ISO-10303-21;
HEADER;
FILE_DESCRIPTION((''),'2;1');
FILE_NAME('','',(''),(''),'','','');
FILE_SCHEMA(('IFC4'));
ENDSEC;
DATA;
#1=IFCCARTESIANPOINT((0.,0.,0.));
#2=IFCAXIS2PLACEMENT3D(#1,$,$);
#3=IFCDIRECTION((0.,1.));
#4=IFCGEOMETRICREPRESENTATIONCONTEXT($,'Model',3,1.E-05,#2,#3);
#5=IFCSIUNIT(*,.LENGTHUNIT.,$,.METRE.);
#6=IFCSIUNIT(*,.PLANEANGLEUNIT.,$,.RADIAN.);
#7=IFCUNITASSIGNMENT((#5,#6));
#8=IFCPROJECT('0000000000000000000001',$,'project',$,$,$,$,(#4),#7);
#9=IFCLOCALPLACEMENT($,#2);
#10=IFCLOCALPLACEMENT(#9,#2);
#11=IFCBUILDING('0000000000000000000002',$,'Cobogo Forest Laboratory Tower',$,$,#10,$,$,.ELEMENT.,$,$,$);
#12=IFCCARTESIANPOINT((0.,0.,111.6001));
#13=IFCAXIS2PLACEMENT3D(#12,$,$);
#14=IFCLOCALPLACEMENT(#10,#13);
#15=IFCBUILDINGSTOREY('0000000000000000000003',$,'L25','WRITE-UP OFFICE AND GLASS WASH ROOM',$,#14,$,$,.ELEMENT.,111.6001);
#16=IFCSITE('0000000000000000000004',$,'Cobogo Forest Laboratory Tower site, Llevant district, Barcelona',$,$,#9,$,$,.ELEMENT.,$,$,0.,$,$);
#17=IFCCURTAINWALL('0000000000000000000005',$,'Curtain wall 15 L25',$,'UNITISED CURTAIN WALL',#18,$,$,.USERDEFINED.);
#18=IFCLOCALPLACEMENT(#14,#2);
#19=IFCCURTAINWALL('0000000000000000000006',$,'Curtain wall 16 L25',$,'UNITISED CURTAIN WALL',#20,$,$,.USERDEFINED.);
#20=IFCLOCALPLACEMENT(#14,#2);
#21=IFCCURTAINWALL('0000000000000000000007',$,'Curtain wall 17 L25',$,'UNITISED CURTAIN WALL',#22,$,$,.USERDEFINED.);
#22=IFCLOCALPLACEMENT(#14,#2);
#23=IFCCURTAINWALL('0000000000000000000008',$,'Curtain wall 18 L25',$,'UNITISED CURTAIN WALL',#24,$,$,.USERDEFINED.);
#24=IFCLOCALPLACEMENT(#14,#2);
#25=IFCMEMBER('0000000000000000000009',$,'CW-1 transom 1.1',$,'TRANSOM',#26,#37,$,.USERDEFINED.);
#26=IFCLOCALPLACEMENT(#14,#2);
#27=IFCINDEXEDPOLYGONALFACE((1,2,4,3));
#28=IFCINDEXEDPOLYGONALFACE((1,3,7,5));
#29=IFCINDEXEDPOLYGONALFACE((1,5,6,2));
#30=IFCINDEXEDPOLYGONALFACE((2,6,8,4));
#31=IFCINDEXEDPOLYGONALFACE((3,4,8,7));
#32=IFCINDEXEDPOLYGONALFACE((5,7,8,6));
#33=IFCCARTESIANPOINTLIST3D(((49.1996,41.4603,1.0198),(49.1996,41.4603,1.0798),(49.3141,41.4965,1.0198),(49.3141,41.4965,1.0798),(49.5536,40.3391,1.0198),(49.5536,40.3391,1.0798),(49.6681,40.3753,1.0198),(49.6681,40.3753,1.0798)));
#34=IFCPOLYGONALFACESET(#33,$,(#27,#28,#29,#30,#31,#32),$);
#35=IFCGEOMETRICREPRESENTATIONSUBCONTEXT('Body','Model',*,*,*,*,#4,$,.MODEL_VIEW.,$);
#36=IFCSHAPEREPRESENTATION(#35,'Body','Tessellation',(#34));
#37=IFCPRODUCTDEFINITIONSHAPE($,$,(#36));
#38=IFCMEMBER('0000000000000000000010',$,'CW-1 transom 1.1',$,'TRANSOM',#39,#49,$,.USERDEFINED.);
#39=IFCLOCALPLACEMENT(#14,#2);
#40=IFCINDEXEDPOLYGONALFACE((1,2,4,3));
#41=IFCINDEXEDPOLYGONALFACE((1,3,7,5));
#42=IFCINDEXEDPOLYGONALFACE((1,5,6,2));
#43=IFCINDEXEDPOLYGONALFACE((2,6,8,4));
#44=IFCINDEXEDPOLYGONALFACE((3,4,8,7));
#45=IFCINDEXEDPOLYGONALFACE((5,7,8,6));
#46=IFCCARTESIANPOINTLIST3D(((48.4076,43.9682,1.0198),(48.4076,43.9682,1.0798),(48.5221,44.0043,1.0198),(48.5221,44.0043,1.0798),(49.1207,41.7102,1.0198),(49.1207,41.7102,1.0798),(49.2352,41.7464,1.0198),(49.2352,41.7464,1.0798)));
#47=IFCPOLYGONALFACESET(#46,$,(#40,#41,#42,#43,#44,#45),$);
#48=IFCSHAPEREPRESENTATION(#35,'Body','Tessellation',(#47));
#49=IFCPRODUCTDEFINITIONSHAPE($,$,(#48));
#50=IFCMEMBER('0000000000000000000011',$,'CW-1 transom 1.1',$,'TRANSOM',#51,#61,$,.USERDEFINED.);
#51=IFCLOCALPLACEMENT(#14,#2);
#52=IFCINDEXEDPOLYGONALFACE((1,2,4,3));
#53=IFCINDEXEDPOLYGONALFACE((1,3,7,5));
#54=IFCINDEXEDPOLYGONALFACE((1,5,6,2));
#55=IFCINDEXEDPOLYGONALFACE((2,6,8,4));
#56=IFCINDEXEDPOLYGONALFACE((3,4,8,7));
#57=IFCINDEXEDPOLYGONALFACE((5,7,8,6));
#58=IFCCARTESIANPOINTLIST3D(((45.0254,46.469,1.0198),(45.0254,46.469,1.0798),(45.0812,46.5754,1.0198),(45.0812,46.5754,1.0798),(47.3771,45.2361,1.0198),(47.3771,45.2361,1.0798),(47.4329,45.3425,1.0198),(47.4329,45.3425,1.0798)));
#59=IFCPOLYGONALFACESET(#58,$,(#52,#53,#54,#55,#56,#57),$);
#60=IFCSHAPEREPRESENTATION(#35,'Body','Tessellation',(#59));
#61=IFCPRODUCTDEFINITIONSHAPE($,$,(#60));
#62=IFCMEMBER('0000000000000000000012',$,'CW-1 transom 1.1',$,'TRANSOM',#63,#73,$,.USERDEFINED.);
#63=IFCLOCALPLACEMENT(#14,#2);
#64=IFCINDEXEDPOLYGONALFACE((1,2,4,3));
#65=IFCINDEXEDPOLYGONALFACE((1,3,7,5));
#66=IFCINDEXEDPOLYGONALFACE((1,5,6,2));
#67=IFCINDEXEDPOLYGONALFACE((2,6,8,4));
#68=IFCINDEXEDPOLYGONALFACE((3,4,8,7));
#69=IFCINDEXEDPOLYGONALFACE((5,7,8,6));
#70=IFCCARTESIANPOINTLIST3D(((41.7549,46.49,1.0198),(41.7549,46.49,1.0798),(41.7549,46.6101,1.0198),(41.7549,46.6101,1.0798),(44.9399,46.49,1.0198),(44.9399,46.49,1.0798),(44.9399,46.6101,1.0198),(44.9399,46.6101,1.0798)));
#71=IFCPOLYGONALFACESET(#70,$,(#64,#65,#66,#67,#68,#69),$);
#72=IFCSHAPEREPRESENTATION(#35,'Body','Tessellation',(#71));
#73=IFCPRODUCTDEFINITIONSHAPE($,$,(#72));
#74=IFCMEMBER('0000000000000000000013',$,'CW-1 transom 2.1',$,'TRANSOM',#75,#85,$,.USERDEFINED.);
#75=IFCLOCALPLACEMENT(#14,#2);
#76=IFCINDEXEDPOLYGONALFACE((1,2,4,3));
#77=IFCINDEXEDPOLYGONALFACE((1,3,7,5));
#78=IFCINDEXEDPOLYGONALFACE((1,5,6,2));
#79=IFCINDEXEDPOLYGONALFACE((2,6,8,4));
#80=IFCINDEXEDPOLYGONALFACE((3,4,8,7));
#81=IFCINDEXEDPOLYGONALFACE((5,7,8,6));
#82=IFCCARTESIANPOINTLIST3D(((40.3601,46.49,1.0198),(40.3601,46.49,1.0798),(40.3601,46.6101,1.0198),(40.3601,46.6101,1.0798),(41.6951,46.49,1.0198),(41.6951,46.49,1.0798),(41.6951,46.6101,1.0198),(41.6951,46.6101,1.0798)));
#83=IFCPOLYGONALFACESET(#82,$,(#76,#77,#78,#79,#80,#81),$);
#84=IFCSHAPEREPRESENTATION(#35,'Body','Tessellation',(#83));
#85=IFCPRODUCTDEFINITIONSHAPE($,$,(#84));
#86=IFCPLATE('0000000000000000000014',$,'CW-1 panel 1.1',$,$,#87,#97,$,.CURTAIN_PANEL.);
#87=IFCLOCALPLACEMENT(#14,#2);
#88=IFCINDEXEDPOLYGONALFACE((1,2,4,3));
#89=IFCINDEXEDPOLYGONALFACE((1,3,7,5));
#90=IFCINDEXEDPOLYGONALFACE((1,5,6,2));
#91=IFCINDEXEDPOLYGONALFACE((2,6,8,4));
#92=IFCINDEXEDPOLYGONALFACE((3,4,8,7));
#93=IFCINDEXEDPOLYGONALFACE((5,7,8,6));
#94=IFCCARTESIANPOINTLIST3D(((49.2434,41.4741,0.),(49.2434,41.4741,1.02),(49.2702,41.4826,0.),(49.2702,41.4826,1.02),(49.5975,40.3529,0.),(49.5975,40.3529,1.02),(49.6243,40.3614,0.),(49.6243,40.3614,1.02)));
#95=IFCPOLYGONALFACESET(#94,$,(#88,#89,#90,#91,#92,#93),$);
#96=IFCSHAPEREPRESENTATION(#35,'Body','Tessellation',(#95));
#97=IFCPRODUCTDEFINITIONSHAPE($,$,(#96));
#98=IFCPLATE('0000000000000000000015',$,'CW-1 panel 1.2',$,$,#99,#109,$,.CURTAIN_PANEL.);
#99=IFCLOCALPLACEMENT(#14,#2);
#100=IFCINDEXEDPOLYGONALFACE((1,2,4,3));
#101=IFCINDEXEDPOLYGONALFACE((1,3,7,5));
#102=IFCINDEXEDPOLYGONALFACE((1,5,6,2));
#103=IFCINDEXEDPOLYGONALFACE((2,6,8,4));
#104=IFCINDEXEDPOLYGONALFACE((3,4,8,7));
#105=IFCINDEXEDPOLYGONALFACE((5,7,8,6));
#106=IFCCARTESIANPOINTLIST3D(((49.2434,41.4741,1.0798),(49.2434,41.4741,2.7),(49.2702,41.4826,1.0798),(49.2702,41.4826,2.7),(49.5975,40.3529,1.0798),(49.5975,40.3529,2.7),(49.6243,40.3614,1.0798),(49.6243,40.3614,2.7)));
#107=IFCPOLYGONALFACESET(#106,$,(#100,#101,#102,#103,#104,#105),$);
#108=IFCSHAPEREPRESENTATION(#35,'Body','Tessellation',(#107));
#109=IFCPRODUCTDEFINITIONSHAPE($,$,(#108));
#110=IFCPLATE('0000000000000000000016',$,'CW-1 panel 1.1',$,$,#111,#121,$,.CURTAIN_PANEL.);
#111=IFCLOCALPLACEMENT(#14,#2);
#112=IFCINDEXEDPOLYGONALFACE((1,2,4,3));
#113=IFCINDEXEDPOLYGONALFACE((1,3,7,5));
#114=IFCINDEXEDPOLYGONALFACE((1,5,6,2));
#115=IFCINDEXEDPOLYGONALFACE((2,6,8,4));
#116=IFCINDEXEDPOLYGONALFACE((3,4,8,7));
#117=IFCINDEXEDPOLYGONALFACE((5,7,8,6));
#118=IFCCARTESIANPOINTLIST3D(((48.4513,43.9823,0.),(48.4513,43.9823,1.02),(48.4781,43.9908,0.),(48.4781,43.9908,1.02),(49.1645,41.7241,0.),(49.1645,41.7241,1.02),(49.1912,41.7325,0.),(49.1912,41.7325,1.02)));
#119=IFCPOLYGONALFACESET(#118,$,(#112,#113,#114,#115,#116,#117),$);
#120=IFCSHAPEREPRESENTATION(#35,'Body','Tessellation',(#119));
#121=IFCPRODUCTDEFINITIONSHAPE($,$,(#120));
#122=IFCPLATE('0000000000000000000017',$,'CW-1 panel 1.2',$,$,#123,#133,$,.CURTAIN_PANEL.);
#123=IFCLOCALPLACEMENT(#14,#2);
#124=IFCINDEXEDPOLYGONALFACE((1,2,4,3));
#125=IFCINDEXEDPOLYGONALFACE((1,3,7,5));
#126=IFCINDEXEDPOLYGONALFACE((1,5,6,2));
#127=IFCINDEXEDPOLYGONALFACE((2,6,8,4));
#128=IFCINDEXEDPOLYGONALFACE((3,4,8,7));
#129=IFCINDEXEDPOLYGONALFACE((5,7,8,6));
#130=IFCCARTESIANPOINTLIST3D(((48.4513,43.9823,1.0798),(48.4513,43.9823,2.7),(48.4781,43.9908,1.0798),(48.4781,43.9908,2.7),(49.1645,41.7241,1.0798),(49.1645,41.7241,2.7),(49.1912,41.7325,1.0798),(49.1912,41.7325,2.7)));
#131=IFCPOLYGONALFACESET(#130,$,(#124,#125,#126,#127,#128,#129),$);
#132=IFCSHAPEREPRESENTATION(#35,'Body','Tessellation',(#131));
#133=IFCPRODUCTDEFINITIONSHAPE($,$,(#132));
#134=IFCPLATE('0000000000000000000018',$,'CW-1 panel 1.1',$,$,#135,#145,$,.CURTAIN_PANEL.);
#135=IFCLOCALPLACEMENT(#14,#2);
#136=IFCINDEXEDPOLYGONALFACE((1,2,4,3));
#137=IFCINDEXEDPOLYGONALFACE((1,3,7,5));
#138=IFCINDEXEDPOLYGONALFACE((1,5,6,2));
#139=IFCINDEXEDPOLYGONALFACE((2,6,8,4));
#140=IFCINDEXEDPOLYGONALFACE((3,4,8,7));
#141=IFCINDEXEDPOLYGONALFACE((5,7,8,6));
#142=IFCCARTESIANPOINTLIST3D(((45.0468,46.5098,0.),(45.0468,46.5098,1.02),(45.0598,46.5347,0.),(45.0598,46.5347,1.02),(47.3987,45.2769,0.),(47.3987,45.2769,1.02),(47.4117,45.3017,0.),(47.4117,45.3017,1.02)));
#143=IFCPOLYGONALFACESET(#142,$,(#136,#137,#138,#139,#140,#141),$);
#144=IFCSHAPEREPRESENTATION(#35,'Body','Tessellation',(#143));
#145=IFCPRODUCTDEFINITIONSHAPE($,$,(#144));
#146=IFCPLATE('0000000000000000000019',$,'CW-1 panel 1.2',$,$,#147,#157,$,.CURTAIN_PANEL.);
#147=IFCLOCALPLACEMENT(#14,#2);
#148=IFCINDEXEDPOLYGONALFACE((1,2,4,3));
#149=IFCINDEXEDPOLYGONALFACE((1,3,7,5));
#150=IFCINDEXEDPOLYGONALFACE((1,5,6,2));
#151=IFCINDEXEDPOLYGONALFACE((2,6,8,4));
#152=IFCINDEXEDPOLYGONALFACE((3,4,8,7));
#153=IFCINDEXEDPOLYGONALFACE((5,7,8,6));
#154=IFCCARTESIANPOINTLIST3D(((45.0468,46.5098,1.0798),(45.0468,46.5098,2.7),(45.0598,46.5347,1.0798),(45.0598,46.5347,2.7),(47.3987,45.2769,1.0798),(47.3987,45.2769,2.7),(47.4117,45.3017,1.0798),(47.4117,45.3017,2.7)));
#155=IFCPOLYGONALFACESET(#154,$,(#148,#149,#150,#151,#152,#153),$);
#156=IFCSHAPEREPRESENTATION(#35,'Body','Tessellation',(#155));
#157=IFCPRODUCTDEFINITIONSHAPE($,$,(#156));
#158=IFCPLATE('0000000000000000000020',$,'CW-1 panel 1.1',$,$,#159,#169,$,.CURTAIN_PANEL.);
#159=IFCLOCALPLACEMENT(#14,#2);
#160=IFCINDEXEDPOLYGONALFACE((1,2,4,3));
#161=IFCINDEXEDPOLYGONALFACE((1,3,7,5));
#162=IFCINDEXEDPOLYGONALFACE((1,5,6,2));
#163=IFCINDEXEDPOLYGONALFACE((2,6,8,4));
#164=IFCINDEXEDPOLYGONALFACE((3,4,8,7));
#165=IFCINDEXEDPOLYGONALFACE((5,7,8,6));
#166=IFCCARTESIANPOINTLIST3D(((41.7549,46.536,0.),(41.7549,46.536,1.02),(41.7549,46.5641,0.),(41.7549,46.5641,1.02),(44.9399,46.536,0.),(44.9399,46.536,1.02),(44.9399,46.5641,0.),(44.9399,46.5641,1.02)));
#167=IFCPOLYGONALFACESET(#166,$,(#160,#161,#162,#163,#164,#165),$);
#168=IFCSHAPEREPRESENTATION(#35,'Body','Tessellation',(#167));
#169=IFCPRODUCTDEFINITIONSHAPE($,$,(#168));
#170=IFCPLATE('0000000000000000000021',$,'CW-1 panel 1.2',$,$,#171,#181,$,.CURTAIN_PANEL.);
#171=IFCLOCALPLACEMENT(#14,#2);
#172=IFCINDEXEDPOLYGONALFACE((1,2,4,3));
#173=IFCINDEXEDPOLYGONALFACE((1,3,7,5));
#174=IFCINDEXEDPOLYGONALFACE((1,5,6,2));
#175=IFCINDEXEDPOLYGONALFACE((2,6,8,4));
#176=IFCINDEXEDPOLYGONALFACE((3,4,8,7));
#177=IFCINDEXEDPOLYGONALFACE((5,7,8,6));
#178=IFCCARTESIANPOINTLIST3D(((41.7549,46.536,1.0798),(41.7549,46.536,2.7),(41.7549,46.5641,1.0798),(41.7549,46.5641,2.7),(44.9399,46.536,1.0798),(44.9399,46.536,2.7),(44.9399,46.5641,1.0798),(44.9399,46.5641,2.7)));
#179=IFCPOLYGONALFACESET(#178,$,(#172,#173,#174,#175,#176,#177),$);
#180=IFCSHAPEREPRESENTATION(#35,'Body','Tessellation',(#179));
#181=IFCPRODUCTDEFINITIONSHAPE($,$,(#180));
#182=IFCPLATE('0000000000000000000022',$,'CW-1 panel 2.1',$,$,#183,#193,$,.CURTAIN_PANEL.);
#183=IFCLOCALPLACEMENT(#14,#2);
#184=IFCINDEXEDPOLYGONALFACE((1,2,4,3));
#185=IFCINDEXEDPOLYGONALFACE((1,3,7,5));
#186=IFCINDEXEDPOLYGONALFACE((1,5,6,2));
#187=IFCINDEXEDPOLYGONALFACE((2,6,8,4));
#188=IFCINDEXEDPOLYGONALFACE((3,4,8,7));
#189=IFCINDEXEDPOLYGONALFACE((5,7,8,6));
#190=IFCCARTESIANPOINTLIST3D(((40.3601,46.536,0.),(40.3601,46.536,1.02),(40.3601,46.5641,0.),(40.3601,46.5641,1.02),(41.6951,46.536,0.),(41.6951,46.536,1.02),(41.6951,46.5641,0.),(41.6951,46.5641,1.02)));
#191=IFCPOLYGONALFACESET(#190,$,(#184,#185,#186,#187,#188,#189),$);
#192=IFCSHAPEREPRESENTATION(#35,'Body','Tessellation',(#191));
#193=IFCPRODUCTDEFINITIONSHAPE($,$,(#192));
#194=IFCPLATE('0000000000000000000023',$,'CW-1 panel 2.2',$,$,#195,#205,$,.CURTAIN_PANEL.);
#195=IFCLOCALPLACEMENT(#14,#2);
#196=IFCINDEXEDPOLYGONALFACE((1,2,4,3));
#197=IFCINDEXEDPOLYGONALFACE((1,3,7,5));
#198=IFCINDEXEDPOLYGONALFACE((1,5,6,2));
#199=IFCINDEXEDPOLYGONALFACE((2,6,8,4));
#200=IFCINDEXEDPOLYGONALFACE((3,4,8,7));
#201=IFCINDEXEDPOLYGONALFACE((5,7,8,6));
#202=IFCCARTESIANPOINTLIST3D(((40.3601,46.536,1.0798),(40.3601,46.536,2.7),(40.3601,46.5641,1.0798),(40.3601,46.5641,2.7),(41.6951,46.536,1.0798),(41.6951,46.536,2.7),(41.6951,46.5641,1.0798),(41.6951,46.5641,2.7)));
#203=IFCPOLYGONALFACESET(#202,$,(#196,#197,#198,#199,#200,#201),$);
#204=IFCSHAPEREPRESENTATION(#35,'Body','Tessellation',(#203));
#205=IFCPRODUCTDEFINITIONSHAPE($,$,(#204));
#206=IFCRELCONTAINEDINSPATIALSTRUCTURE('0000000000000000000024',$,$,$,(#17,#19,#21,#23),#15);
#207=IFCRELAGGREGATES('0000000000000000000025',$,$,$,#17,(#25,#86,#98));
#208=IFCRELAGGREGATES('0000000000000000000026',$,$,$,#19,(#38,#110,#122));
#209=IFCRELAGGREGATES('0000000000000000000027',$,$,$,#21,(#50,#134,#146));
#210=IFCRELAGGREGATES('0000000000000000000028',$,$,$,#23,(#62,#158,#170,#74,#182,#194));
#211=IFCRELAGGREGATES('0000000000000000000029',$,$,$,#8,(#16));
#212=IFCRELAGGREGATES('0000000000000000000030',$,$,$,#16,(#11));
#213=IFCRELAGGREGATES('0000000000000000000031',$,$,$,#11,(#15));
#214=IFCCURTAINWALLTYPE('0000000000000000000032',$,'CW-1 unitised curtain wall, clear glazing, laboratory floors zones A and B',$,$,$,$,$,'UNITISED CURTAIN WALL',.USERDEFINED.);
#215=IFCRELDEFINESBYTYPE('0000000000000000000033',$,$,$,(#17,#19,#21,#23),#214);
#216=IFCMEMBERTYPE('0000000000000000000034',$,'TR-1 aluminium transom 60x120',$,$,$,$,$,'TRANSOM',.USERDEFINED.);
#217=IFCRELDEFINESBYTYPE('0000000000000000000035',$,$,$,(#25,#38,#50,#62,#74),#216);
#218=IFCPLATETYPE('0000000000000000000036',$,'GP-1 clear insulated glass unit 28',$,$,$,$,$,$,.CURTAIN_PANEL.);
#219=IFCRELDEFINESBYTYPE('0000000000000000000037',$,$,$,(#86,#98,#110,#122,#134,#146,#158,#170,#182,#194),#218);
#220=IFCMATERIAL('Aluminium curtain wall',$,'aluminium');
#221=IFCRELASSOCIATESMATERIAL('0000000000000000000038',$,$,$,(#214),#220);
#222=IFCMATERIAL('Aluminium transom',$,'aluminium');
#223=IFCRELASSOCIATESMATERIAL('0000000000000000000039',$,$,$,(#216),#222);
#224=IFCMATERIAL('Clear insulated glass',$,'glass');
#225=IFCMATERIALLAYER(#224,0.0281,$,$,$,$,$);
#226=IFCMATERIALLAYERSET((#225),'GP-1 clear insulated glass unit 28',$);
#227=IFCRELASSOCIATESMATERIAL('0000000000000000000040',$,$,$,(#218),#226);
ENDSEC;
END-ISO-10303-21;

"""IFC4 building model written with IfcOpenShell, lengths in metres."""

from ifc_helpers import new_model, si_unit, direction, frame, origin, origin_2d, place, context, subcontext, project, spatial, rectangle, extrude, material, layer, layer_set, material_profile, profile_set, type_object, element, aggregate, save


model = new_model("IFC4")

# Units and contexts
model_context = context("Model", 3, precision=1e-05, world=origin(), true_north=direction((0.0, 1.0)))
body_context = subcontext(model_context, "Body", "Model", "MODEL_VIEW")
ifc_project = project(units=[si_unit("LENGTHUNIT", "METRE"), si_unit("PLANEANGLEUNIT", "RADIAN")], contexts=[model_context])

# Site, building, storey
site_placement = place(None, origin())
site = spatial("IfcSite", under=ifc_project, at=site_placement, Name="Cobogo Forest Laboratory Tower site, Llevant district, Barcelona", CompositionType="ELEMENT", RefElevation=0.0)
building_placement = place(site_placement, origin())
building = spatial("IfcBuilding", under=site, at=building_placement, Name="Cobogo Forest Laboratory Tower", CompositionType="ELEMENT")
storey_placement = place(building_placement, frame((0.0, 0.0, 111.6001)))
storey = spatial("IfcBuildingStorey", under=building, at=storey_placement, Name="L25", Description="WRITE-UP OFFICE AND GLASS WASH ROOM", CompositionType="ELEMENT", Elevation=111.6001)

# Curtain walls
ifc_material_1 = material(Name="Aluminium curtain wall", Category="aluminium")
curtain_wall_type = type_object("IfcCurtainWallType", Name="CW-1 unitised curtain wall, clear glazing, laboratory floors zones A and B", ElementType="UNITISED CURTAIN WALL", PredefinedType="USERDEFINED", material=ifc_material_1)
curtain_wall_1_placement = place(storey_placement, origin())
curtain_wall_1 = element("IfcCurtainWall", 1, at=curtain_wall_1_placement, inside=storey, type_object=curtain_wall_type, Name="Curtain wall 15 L25", ObjectType="UNITISED CURTAIN WALL", PredefinedType="USERDEFINED")
curtain_wall_2_placement = place(storey_placement, origin())
curtain_wall_2 = element("IfcCurtainWall", 2, at=curtain_wall_2_placement, inside=storey, type_object=curtain_wall_type, Name="Curtain wall 16 L25", ObjectType="UNITISED CURTAIN WALL", PredefinedType="USERDEFINED")
curtain_wall_3_placement = place(storey_placement, origin())
curtain_wall_3 = element("IfcCurtainWall", 3, at=curtain_wall_3_placement, inside=storey, type_object=curtain_wall_type, Name="Curtain wall 17 L25", ObjectType="UNITISED CURTAIN WALL", PredefinedType="USERDEFINED")
curtain_wall_4_placement = place(storey_placement, origin())
curtain_wall_4 = element("IfcCurtainWall", 4, at=curtain_wall_4_placement, inside=storey, type_object=curtain_wall_type, Name="Curtain wall 18 L25", ObjectType="UNITISED CURTAIN WALL", PredefinedType="USERDEFINED")

# Members
ifc_material_2 = material(Name="Aluminium transom", Category="aluminium")
ifc_material_profile_1 = material_profile(ifc_material_2, rectangle(XDim=0.1201, YDim=0.0601, at=origin_2d()), Name="AL 60x120")
ifc_profile_set_1 = profile_set([ifc_material_profile_1], Name="Aluminium transom")
member_type_1 = type_object("IfcMemberType", Name="TR-1 aluminium transom 60x120", ElementType="TRANSOM", PredefinedType="USERDEFINED", material=ifc_profile_set_1)
member_1_placement = place(storey_placement, frame((49.6108, 40.3572, 1.0498), z_axis=(-0.301052, 0.953608, 0.0), x_axis=(-0.953608, -0.301052, 0.0)))
member_1 = element("IfcMember", 5, at=member_1_placement, type_object=member_type_1, Name="CW-1 transom 1.1", ObjectType="TRANSOM", PredefinedType="USERDEFINED", context=body_context, shape_type="SweptSolid", body=[
    extrude(rectangle(XDim=0.1201, YDim=0.0601, at=origin_2d()), origin(), (0.0, 0.0, 1.0), 1.1758),
])
member_2_placement = place(storey_placement, frame((49.178, 41.7283, 1.0498), z_axis=(-0.301156, 0.953575, 0.0), x_axis=(-0.953575, -0.301156, 0.0)))
member_2 = element("IfcMember", 6, at=member_2_placement, type_object=member_type_1, Name="CW-1 transom 1.1", ObjectType="TRANSOM", PredefinedType="USERDEFINED", context=body_context, shape_type="SweptSolid", body=[
    extrude(rectangle(XDim=0.1201, YDim=0.0601, at=origin_2d()), origin(), (0.0, 0.0, 1.0), 2.3679),
])
member_3_placement = place(storey_placement, frame((47.405, 45.2893, 1.0498), z_axis=(-0.885675, 0.464306, 0.0), x_axis=(-0.464306, -0.885675, 0.0)))
member_3 = element("IfcMember", 7, at=member_3_placement, type_object=member_type_1, Name="CW-1 transom 1.1", ObjectType="TRANSOM", PredefinedType="USERDEFINED", context=body_context, shape_type="SweptSolid", body=[
    extrude(rectangle(XDim=0.1201, YDim=0.0601, at=origin_2d()), origin(), (0.0, 0.0, 1.0), 2.6553),
])
member_4_placement = place(storey_placement, frame((44.9399, 46.55, 1.0498), z_axis=(-1.0, 0.0, 0.0), x_axis=(0.0, -1.0, 0.0)))
member_4 = element("IfcMember", 8, at=member_4_placement, type_object=member_type_1, Name="CW-1 transom 1.1", ObjectType="TRANSOM", PredefinedType="USERDEFINED", context=body_context, shape_type="SweptSolid", body=[
    extrude(rectangle(XDim=0.1201, YDim=0.0601, at=origin_2d()), origin(), (0.0, 0.0, 1.0), 3.1851),
])
member_5_placement = place(storey_placement, frame((41.6951, 46.55, 1.0498), z_axis=(-1.0, 0.0, 0.0), x_axis=(0.0, -1.0, 0.0)))
member_5 = element("IfcMember", 9, at=member_5_placement, type_object=member_type_1, Name="CW-1 transom 2.1", ObjectType="TRANSOM", PredefinedType="USERDEFINED", context=body_context, shape_type="SweptSolid", body=[
    extrude(rectangle(XDim=0.1201, YDim=0.0601, at=origin_2d()), origin(), (0.0, 0.0, 1.0), 1.335),
])

# Plates
ifc_material_3 = material(Name="Clear insulated glass", Category="glass")
ifc_layer_1 = layer(ifc_material_3, 0.0281)
ifc_layer_set_1 = layer_set([ifc_layer_1], Name="GP-1 clear insulated glass unit 28")
plate_type = type_object("IfcPlateType", Name="GP-1 clear insulated glass unit 28", PredefinedType="CURTAIN_PANEL", material=ifc_layer_set_1)
plate_1_placement = place(storey_placement, frame((49.4338, 40.9177, 0.0), z_axis=(0.0, 0.0, 1.0), x_axis=(-0.301135, 0.953581, 0.0)))
plate_1 = element("IfcPlate", 10, at=plate_1_placement, type_object=plate_type, Name="CW-1 panel 1.1", PredefinedType="CURTAIN_PANEL", context=body_context, shape_type="SweptSolid", body=[
    extrude(rectangle(XDim=1.1758, YDim=0.0281, at=origin_2d()), origin(), (0.0, 0.0, 1.0), 1.02),
])
plate_2_placement = place(storey_placement, frame((49.4338, 40.9177, 1.0798), z_axis=(0.0, 0.0, 1.0), x_axis=(-0.301135, 0.953581, 0.0)))
plate_2 = element("IfcPlate", 11, at=plate_2_placement, type_object=plate_type, Name="CW-1 panel 1.2", PredefinedType="CURTAIN_PANEL", context=body_context, shape_type="SweptSolid", body=[
    extrude(rectangle(XDim=1.1758, YDim=0.0281, at=origin_2d()), origin(), (0.0, 0.0, 1.0), 1.6201),
])
aggregate(curtain_wall_1, [member_1, plate_1, plate_2])
plate_3_placement = place(storey_placement, frame((48.8213, 42.8574, 0.0), z_axis=(0.0, 0.0, 1.0), x_axis=(-0.301135, 0.953581, 0.0)))
plate_3 = element("IfcPlate", 12, at=plate_3_placement, type_object=plate_type, Name="CW-1 panel 1.1", PredefinedType="CURTAIN_PANEL", context=body_context, shape_type="SweptSolid", body=[
    extrude(rectangle(XDim=2.3682, YDim=0.0281, at=origin_2d()), origin(), (0.0, 0.0, 1.0), 1.02),
])
plate_4_placement = place(storey_placement, frame((48.8213, 42.8574, 1.0798), z_axis=(0.0, 0.0, 1.0), x_axis=(-0.301135, 0.953581, 0.0)))
plate_4 = element("IfcPlate", 13, at=plate_4_placement, type_object=plate_type, Name="CW-1 panel 1.2", PredefinedType="CURTAIN_PANEL", context=body_context, shape_type="SweptSolid", body=[
    extrude(rectangle(XDim=2.3682, YDim=0.0281, at=origin_2d()), origin(), (0.0, 0.0, 1.0), 1.6201),
])
aggregate(curtain_wall_2, [member_2, plate_3, plate_4])
plate_5_placement = place(storey_placement, frame((46.2292, 45.9058, 0.0), z_axis=(0.0, 0.0, 1.0), x_axis=(-0.885687, 0.464284, 0.0)))
plate_5 = element("IfcPlate", 14, at=plate_5_placement, type_object=plate_type, Name="CW-1 panel 1.1", PredefinedType="CURTAIN_PANEL", context=body_context, shape_type="SweptSolid", body=[
    extrude(rectangle(XDim=2.6555, YDim=0.0281, at=origin_2d()), origin(), (0.0, 0.0, 1.0), 1.02),
])
plate_6_placement = place(storey_placement, frame((46.2292, 45.9058, 1.0798), z_axis=(0.0, 0.0, 1.0), x_axis=(-0.885687, 0.464284, 0.0)))
plate_6 = element("IfcPlate", 15, at=plate_6_placement, type_object=plate_type, Name="CW-1 panel 1.2", PredefinedType="CURTAIN_PANEL", context=body_context, shape_type="SweptSolid", body=[
    extrude(rectangle(XDim=2.6555, YDim=0.0281, at=origin_2d()), origin(), (0.0, 0.0, 1.0), 1.6201),
])
aggregate(curtain_wall_3, [member_3, plate_5, plate_6])
plate_7_placement = place(storey_placement, frame((43.3474, 46.55, 0.0), z_axis=(0.0, 0.0, 1.0), x_axis=(-1.0, 0.0, 0.0)))
plate_7 = element("IfcPlate", 16, at=plate_7_placement, type_object=plate_type, Name="CW-1 panel 1.1", PredefinedType="CURTAIN_PANEL", context=body_context, shape_type="SweptSolid", body=[
    extrude(rectangle(XDim=3.1851, YDim=0.0281, at=origin_2d()), origin(), (0.0, 0.0, 1.0), 1.02),
])
plate_8_placement = place(storey_placement, frame((43.3474, 46.55, 1.0798), z_axis=(0.0, 0.0, 1.0), x_axis=(-1.0, 0.0, 0.0)))
plate_8 = element("IfcPlate", 17, at=plate_8_placement, type_object=plate_type, Name="CW-1 panel 1.2", PredefinedType="CURTAIN_PANEL", context=body_context, shape_type="SweptSolid", body=[
    extrude(rectangle(XDim=3.1851, YDim=0.0281, at=origin_2d()), origin(), (0.0, 0.0, 1.0), 1.6201),
])
plate_9_placement = place(storey_placement, frame((41.0276, 46.55, 0.0), z_axis=(0.0, 0.0, 1.0), x_axis=(-1.0, 0.0, 0.0)))
plate_9 = element("IfcPlate", 18, at=plate_9_placement, type_object=plate_type, Name="CW-1 panel 2.1", PredefinedType="CURTAIN_PANEL", context=body_context, shape_type="SweptSolid", body=[
    extrude(rectangle(XDim=1.335, YDim=0.0281, at=origin_2d()), origin(), (0.0, 0.0, 1.0), 1.02),
])
plate_10_placement = place(storey_placement, frame((41.0276, 46.55, 1.0798), z_axis=(0.0, 0.0, 1.0), x_axis=(-1.0, 0.0, 0.0)))
plate_10 = element("IfcPlate", 19, at=plate_10_placement, type_object=plate_type, Name="CW-1 panel 2.2", PredefinedType="CURTAIN_PANEL", context=body_context, shape_type="SweptSolid", body=[
    extrude(rectangle(XDim=1.335, YDim=0.0281, at=origin_2d()), origin(), (0.0, 0.0, 1.0), 1.6201),
])
aggregate(curtain_wall_4, [member_4, plate_7, plate_8, member_5, plate_9, plate_10])

save(model, "model.ifc")
